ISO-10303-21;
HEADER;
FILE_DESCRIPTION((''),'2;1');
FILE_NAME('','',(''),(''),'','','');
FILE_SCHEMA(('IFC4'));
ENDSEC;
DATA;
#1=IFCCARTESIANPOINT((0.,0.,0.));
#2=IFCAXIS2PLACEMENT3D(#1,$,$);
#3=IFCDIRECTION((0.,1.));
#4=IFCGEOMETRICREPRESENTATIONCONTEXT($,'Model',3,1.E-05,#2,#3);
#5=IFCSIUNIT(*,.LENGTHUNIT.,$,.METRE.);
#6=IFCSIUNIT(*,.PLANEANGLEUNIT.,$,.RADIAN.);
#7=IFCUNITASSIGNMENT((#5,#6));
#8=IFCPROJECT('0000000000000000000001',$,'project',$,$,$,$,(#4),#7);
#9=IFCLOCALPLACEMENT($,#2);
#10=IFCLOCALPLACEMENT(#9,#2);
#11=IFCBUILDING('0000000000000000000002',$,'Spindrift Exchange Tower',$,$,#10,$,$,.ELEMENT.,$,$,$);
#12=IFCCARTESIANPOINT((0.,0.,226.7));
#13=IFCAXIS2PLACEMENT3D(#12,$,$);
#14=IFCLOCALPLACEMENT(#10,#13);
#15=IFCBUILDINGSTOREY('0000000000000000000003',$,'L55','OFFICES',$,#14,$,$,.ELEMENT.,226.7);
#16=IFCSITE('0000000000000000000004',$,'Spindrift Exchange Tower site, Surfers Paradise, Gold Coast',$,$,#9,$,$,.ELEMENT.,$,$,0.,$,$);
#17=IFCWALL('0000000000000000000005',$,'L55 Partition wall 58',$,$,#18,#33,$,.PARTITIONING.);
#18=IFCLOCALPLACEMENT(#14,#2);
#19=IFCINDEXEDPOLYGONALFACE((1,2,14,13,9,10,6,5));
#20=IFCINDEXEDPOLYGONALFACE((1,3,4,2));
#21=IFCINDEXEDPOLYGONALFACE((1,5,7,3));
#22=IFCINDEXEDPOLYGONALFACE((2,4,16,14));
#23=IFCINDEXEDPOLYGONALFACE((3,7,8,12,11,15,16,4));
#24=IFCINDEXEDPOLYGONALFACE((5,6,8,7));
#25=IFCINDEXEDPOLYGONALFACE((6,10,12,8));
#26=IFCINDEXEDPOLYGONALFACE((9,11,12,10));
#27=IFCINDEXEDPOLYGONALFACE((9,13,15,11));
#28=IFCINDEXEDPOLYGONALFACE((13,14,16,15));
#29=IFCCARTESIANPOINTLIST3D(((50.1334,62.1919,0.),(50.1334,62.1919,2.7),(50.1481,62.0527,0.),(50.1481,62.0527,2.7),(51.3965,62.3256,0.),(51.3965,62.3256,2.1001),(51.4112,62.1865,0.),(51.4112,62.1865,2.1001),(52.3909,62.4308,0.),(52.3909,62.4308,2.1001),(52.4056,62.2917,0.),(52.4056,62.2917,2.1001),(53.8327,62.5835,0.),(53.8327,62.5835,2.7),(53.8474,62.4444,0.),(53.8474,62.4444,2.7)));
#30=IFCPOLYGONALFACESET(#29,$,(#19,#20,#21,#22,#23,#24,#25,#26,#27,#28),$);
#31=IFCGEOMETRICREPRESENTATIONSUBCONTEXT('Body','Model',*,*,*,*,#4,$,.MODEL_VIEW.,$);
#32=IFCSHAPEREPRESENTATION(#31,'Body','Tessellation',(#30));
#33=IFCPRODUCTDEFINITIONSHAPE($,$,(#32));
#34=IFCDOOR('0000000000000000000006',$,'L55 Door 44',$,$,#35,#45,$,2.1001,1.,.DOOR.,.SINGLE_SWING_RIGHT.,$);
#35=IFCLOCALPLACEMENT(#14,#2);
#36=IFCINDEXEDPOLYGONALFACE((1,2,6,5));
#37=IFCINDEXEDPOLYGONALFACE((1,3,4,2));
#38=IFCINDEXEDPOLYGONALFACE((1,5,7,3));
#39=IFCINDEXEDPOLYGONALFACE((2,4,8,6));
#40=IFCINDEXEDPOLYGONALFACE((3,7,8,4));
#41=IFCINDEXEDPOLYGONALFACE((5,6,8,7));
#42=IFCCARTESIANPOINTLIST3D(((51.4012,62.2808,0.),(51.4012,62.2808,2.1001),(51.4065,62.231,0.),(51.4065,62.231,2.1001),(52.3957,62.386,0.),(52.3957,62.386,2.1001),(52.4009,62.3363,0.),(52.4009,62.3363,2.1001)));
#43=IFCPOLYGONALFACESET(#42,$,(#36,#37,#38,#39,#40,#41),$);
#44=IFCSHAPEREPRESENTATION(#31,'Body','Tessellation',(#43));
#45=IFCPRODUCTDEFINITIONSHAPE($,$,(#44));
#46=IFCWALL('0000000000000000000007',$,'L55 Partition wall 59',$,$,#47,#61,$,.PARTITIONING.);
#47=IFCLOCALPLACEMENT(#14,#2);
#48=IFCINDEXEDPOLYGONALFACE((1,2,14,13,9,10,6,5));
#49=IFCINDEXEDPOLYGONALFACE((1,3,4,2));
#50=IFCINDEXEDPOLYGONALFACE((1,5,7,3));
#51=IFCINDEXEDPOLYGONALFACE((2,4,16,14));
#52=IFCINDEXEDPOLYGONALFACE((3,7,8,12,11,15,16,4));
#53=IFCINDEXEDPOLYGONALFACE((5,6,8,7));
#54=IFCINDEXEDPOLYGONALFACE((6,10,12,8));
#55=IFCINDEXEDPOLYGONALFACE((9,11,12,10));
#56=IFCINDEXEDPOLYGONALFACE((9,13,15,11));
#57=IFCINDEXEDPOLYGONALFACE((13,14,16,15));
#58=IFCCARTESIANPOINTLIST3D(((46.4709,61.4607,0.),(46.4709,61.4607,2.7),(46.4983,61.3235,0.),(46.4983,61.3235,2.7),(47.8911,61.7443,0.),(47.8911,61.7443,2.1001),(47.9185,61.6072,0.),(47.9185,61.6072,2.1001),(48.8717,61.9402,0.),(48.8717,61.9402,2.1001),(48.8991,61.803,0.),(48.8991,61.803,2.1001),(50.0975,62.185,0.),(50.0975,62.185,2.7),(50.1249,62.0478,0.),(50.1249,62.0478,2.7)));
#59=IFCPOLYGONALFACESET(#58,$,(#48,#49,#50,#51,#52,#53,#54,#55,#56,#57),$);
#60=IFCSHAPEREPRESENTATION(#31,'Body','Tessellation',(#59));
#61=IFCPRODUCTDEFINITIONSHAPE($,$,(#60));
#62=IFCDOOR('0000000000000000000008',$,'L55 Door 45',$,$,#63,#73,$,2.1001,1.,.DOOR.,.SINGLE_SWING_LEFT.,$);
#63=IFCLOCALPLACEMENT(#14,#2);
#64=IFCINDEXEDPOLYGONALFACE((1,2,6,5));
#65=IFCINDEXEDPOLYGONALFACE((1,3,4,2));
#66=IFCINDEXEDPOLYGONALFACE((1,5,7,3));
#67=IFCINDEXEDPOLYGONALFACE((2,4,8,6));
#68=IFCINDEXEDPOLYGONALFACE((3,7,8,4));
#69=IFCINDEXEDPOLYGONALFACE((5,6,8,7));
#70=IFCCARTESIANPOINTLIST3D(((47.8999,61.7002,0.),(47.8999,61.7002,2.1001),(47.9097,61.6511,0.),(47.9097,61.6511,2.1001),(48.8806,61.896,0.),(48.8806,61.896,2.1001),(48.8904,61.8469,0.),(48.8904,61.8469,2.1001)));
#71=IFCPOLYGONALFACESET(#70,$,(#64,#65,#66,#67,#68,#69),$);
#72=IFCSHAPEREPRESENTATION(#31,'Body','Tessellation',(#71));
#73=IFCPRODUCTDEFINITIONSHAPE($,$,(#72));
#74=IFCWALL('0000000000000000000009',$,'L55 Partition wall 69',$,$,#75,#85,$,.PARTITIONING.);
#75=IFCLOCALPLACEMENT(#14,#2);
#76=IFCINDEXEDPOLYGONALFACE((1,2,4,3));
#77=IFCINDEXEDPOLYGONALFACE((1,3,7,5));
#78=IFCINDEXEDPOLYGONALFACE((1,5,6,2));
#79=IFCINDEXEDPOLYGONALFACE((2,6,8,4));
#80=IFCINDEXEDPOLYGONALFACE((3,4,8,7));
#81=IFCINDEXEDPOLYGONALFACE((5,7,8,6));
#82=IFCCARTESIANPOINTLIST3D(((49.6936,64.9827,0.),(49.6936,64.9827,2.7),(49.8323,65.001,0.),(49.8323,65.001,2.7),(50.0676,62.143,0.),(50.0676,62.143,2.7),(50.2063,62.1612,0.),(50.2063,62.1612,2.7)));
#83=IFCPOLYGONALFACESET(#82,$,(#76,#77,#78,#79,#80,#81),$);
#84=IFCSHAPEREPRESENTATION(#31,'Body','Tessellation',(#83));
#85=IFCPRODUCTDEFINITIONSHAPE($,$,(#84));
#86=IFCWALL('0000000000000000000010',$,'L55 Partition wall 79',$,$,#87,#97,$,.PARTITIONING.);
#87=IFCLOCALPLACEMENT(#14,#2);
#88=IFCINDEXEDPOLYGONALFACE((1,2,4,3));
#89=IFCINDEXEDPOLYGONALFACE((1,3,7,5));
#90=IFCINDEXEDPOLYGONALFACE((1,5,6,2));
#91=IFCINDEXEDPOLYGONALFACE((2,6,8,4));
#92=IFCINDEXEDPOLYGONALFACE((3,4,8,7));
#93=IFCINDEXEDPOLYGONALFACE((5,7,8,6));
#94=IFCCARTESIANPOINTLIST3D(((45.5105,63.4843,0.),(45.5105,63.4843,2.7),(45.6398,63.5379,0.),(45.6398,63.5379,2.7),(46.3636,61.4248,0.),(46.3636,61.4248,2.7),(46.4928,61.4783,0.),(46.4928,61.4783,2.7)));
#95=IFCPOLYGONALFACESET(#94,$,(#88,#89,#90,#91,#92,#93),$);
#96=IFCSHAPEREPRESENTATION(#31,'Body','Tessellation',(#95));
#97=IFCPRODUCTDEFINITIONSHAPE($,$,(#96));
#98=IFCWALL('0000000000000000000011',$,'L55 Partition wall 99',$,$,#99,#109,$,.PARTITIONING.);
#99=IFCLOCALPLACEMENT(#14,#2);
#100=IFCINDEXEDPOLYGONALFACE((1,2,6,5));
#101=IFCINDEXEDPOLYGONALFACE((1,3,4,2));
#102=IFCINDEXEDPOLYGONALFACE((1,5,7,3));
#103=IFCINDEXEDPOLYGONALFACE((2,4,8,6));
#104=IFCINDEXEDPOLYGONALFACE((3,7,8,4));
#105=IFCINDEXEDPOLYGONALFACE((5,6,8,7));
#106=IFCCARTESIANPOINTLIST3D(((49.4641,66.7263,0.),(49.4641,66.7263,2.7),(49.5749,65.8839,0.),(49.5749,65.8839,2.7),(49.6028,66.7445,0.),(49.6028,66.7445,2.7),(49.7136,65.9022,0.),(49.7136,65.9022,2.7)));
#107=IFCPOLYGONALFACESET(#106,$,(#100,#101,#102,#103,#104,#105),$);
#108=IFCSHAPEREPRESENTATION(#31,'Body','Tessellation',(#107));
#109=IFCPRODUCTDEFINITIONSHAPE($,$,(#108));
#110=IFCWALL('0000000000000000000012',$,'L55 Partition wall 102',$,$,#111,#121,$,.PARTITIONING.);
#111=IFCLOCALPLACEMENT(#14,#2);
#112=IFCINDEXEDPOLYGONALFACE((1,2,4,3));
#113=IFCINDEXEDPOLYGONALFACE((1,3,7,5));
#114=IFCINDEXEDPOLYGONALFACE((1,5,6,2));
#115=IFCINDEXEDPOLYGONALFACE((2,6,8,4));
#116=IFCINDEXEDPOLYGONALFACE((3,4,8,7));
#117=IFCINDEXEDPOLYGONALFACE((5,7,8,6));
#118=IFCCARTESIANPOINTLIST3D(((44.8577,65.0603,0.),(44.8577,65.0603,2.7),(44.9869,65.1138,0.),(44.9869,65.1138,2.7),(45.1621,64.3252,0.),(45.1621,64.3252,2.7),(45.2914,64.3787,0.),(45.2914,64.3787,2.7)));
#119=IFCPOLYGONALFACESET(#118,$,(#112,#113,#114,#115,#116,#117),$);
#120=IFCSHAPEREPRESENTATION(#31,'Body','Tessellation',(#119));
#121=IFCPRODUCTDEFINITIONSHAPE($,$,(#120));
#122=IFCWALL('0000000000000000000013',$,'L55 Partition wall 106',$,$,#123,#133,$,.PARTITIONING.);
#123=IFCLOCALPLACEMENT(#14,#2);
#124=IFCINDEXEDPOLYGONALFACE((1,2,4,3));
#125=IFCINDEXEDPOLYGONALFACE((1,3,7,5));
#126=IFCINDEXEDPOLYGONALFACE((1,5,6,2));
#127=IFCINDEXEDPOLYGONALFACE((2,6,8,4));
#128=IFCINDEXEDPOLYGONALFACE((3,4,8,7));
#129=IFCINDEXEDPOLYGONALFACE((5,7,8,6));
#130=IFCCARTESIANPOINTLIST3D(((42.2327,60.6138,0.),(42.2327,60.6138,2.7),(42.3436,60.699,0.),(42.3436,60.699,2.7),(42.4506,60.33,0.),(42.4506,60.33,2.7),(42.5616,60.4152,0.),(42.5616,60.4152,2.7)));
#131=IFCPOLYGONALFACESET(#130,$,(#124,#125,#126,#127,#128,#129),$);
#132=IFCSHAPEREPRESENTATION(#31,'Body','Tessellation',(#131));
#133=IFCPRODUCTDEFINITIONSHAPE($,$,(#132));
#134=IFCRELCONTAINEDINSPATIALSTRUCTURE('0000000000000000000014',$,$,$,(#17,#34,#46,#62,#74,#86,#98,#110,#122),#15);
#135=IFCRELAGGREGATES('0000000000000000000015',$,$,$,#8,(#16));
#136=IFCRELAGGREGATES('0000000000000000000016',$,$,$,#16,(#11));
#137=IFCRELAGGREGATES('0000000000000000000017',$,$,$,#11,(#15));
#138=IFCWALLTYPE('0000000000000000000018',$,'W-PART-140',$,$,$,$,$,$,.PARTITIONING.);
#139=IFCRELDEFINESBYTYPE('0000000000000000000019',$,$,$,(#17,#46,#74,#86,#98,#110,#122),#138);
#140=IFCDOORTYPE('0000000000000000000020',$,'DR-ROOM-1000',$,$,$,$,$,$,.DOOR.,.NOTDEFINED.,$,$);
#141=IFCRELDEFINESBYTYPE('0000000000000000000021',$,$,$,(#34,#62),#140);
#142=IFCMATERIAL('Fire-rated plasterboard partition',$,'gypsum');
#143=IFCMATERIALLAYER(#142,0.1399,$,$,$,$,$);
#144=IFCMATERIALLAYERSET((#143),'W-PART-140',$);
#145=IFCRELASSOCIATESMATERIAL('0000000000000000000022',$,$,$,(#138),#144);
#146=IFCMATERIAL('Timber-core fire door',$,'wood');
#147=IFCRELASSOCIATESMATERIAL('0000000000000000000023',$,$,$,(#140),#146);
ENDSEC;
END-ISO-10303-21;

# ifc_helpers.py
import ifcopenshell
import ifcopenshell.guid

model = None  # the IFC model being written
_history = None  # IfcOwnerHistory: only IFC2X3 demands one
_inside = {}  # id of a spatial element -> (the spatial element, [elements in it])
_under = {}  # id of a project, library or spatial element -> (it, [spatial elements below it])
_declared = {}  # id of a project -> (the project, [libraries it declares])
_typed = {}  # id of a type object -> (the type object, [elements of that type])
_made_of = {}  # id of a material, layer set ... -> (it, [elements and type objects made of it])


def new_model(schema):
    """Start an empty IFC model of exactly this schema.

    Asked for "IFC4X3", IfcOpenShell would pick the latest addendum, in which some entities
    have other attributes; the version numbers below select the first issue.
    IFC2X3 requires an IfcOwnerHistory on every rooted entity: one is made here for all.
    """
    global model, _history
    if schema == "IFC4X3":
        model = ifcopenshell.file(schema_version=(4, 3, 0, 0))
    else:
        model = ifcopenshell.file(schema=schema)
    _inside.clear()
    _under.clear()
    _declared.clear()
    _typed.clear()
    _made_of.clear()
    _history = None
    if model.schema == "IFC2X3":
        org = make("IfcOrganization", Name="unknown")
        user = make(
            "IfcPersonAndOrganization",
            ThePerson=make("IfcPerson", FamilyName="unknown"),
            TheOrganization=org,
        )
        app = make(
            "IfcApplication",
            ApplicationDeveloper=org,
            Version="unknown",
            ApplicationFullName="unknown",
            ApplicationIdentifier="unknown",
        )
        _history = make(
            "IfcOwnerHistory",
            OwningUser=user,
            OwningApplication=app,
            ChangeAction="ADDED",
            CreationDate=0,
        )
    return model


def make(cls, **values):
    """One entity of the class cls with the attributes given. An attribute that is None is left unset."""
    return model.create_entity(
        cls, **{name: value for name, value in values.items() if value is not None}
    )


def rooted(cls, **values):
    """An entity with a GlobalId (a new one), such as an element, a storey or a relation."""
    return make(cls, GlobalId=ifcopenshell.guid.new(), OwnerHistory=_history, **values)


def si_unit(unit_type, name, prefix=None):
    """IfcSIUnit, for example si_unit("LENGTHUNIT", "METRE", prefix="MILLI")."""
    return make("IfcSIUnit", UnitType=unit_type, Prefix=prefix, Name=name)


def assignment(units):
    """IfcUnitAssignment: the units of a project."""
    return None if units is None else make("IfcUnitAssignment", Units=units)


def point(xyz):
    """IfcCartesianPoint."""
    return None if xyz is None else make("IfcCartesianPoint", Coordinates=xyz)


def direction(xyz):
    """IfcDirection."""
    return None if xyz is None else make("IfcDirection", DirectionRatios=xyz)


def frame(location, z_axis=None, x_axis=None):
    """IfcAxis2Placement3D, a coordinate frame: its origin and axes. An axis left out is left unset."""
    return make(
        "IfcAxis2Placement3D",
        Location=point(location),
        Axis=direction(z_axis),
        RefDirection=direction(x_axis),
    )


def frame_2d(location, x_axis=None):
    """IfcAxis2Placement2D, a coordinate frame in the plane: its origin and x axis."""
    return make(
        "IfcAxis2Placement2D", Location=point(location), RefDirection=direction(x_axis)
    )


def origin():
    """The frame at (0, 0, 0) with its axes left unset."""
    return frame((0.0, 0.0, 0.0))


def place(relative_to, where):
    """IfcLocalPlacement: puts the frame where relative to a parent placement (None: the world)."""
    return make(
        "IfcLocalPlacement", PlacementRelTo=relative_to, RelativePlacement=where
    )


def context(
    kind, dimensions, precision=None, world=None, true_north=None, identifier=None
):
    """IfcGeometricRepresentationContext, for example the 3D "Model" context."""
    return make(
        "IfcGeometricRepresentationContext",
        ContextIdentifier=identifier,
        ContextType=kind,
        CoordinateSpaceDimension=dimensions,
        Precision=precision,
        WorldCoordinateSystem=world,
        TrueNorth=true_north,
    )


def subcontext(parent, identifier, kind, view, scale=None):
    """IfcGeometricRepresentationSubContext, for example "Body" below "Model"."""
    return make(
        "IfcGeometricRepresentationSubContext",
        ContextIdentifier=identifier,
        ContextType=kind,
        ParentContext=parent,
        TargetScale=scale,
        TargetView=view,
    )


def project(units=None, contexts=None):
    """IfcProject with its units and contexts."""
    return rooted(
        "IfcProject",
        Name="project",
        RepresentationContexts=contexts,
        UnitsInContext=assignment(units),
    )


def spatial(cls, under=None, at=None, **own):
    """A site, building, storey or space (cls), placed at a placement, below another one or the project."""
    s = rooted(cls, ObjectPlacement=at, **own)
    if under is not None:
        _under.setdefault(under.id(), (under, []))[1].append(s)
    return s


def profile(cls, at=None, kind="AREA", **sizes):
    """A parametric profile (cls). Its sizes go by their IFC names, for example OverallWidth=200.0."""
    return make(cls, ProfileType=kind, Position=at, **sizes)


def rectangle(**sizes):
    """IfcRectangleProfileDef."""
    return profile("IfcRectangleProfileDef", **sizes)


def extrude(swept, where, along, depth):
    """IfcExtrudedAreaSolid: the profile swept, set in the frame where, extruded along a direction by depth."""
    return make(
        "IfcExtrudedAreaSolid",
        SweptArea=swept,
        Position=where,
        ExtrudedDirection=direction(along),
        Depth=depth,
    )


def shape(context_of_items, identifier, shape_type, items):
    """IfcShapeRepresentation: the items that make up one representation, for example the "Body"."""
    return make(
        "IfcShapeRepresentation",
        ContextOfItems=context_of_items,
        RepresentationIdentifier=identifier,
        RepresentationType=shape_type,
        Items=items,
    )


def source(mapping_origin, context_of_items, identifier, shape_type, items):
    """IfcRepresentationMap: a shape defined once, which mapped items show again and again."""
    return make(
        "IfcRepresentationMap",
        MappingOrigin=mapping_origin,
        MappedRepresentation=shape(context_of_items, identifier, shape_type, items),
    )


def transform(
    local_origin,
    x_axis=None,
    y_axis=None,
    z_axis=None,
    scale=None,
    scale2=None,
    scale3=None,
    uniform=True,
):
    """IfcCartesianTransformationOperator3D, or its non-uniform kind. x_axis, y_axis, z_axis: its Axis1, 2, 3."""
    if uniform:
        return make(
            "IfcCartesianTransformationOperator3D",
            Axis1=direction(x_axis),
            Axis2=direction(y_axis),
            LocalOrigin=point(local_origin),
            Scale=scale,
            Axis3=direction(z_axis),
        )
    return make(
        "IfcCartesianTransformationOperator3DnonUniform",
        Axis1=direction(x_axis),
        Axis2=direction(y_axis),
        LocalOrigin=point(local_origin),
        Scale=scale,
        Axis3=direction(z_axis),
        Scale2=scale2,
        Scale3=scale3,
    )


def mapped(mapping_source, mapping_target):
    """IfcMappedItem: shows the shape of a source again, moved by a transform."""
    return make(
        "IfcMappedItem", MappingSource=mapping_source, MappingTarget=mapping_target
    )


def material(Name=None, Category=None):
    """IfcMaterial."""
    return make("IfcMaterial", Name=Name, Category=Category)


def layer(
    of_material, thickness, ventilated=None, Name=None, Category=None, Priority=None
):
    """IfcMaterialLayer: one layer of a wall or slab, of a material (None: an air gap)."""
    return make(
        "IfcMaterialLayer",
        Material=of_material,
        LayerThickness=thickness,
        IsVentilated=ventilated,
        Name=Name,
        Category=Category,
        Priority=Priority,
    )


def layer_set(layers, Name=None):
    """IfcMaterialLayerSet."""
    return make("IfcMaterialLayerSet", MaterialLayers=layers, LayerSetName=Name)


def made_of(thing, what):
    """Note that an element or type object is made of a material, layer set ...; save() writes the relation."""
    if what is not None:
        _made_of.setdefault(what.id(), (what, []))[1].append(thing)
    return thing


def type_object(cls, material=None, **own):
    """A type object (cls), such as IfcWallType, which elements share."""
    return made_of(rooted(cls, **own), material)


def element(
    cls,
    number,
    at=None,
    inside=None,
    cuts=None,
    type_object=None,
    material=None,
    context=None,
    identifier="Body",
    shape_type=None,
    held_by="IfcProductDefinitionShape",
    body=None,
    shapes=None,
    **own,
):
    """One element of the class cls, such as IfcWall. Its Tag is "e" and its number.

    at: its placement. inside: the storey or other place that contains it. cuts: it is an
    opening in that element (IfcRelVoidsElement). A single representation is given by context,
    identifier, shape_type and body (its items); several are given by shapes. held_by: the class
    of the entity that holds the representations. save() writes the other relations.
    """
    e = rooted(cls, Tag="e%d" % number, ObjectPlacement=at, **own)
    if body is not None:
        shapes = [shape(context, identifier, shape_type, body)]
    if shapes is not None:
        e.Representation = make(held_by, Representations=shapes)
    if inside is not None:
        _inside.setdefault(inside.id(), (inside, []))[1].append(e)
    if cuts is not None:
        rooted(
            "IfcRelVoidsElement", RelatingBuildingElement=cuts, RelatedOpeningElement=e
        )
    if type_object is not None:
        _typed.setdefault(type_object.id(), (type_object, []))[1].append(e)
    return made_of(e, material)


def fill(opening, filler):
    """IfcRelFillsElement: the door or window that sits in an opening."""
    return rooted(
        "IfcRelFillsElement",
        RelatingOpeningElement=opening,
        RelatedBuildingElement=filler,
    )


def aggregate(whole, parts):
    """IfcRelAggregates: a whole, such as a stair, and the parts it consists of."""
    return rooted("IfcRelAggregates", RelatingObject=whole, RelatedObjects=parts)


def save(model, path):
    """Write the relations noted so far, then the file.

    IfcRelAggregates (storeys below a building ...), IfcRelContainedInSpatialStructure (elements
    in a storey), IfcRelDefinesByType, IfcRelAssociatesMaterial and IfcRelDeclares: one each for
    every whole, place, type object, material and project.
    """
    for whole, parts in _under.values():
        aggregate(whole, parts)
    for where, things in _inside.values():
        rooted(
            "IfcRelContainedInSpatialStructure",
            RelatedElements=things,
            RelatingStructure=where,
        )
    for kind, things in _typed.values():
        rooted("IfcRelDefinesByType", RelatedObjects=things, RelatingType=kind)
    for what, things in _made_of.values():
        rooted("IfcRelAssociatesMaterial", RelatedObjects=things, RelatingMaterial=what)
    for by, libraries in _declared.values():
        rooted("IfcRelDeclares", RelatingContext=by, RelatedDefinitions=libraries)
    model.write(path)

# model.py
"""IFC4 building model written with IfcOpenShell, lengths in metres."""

from ifc_helpers import new_model, si_unit, direction, frame, frame_2d, origin, place, context, subcontext, project, spatial, rectangle, extrude, source, transform, mapped, material, layer, layer_set, type_object, element, fill, save


model = new_model("IFC4")

# Units and contexts
model_context = context("Model", 3, precision=1e-05, world=origin(), true_north=direction((0.0, 1.0)))
body_context = subcontext(model_context, "Body", "Model", "MODEL_VIEW")
ifc_project = project(units=[si_unit("LENGTHUNIT", "METRE"), si_unit("PLANEANGLEUNIT", "RADIAN")], contexts=[model_context])

# Site, building, storey
site_placement = place(None, origin())
site = spatial("IfcSite", under=ifc_project, at=site_placement, Name="Spindrift Exchange Tower site, Surfers Paradise, Gold Coast", CompositionType="ELEMENT", RefElevation=0.0)
building_placement = place(site_placement, origin())
building = spatial("IfcBuilding", under=site, at=building_placement, Name="Spindrift Exchange Tower", CompositionType="ELEMENT")
storey_placement = place(building_placement, frame((0.0, 0.0, 226.7)))
storey = spatial("IfcBuildingStorey", under=building, at=storey_placement, Name="L55", Description="OFFICES", CompositionType="ELEMENT", Elevation=226.7)

# Shared definitions
ifc_material_1 = material(Name="Fire-rated plasterboard partition", Category="gypsum")
ifc_layer_1 = layer(ifc_material_1, 0.1399)
ifc_layer_set_1 = layer_set([ifc_layer_1], Name="W-PART-140")
wall_type = type_object("IfcWallType", Name="W-PART-140", PredefinedType="PARTITIONING", material=ifc_layer_set_1)

# Walls, openings, doors
ifc_material_2 = material(Name="Timber-core fire door", Category="wood")
door_type = type_object("IfcDoorType", Name="DR-ROOM-1000", OperationType="NOTDEFINED", PredefinedType="DOOR", material=ifc_material_2)
shared_shape_1 = source(origin(), body_context, "Body", "SweptSolid", [
    extrude(rectangle(XDim=1.0, YDim=2.1001, at=frame_2d((0.5, 1.05))), frame((0.0, 0.0249, 0.0), z_axis=(0.0, -1.0, 0.0), x_axis=(1.0, 0.0, 0.0)), (0.0, 0.0, 1.0), 0.05),
])
wall_1_placement = place(storey_placement, frame((50.1409, 62.1223, 0.0), z_axis=(0.0, 0.0, 1.0), x_axis=(0.994443, 0.105272, 0.0)))
wall_1 = element("IfcWall", 1, at=wall_1_placement, inside=storey, type_object=wall_type, Name="L55 Partition wall 58", PredefinedType="PARTITIONING", context=body_context, shape_type="SweptSolid", body=[
    extrude(rectangle(XDim=3.72, YDim=0.1399, at=frame_2d((1.8599, 0.0))), origin(), (0.0, 0.0, 1.0), 2.7),
])
opening_1_placement = place(wall_1_placement, frame((1.27, 0.0, 0.0)))
opening_1 = element("IfcOpeningElement", 2, at=opening_1_placement, cuts=wall_1, PredefinedType="OPENING", context=body_context, shape_type="SweptSolid", body=[
    extrude(rectangle(XDim=1.0, YDim=2.1001, at=frame_2d((0.5, 1.05))), frame((0.0, 0.0798, 0.0), z_axis=(0.0, -1.0, 0.0), x_axis=(1.0, 0.0, 0.0)), (0.0, 0.0, 1.0), 0.1599),
])
door_1_placement = place(opening_1_placement, origin())
door_1 = element("IfcDoor", 3, at=door_1_placement, inside=storey, type_object=door_type, Name="L55 Door 44", OperationType="SINGLE_SWING_RIGHT", OverallHeight=2.1001, OverallWidth=1.0, PredefinedType="DOOR", context=body_context, shape_type="MappedRepresentation", body=[
    mapped(shared_shape_1, transform((0.0, 0.0, 0.0), scale=1.0)),
])
fill(opening_1, door_1)
wall_2_placement = place(storey_placement, frame((46.4846, 61.3921, 0.0), z_axis=(0.0, 0.0, 1.0), x_axis=(0.980631, 0.195862, 0.0)))
wall_2 = element("IfcWall", 4, at=wall_2_placement, inside=storey, type_object=wall_type, Name="L55 Partition wall 59", PredefinedType="PARTITIONING", context=body_context, shape_type="SweptSolid", body=[
    extrude(rectangle(XDim=3.6982, YDim=0.1399, at=frame_2d((1.8491, 0.0))), origin(), (0.0, 0.0, 1.0), 2.7),
])
opening_2_placement = place(wall_2_placement, frame((1.4482, 0.0, 0.0)))
opening_2 = element("IfcOpeningElement", 5, at=opening_2_placement, cuts=wall_2, PredefinedType="OPENING", context=body_context, shape_type="SweptSolid", body=[
    extrude(rectangle(XDim=1.0, YDim=2.1001, at=frame_2d((0.5, 1.05))), frame((0.0, 0.0798, 0.0), z_axis=(0.0, -1.0, 0.0), x_axis=(1.0, 0.0, 0.0)), (0.0, 0.0, 1.0), 0.1599),
])
door_2_placement = place(opening_2_placement, origin())
door_2 = element("IfcDoor", 6, at=door_2_placement, inside=storey, type_object=door_type, Name="L55 Door 45", OperationType="SINGLE_SWING_LEFT", OverallHeight=2.1001, OverallWidth=1.0, PredefinedType="DOOR", context=body_context, shape_type="MappedRepresentation", body=[
    mapped(shared_shape_1, transform((0.0, 0.0, 0.0), scale=1.0)),
])
fill(opening_2, door_2)

# Walls
wall_3_placement = place(storey_placement, frame((50.137, 62.1521, 0.0), z_axis=(0.0, 0.0, 1.0), x_axis=(-0.130578, 0.991438, 0.0)))
element("IfcWall", 7, at=wall_3_placement, inside=storey, type_object=wall_type, Name="L55 Partition wall 69", PredefinedType="PARTITIONING", context=body_context, shape_type="SweptSolid", body=[
    extrude(rectangle(XDim=2.8643, YDim=0.1399, at=frame_2d((1.4321, 0.0))), origin(), (0.0, 0.0, 1.0), 2.7),
])
wall_4_placement = place(storey_placement, frame((46.4282, 61.4514, 0.0), z_axis=(0.0, 0.0, 1.0), x_axis=(-0.382655, 0.923891, 0.0)))
element("IfcWall", 8, at=wall_4_placement, inside=storey, type_object=wall_type, Name="L55 Partition wall 79", PredefinedType="PARTITIONING", context=body_context, shape_type="SweptSolid", body=[
    extrude(rectangle(XDim=2.2292, YDim=0.1399, at=frame_2d((1.1147, 0.0))), origin(), (0.0, 0.0, 1.0), 2.7),
])
wall_5_placement = place(storey_placement, frame((49.6443, 65.8931, 0.0), z_axis=(0.0, 0.0, 1.0), x_axis=(-0.130469, 0.991452, 0.0)))
element("IfcWall", 9, at=wall_5_placement, inside=storey, type_object=wall_type, Name="L55 Partition wall 99", PredefinedType="PARTITIONING", context=body_context, shape_type="SweptSolid", body=[
    extrude(rectangle(XDim=0.8496, YDim=0.1399, at=frame_2d((0.4248, 0.0))), origin(), (0.0, 0.0, 1.0), 2.7),
])
wall_6_placement = place(storey_placement, frame((45.2268, 64.3518, 0.0), z_axis=(0.0, 0.0, 1.0), x_axis=(-0.382632, 0.923901, 0.0)))
element("IfcWall", 10, at=wall_6_placement, inside=storey, type_object=wall_type, Name="L55 Partition wall 102", PredefinedType="PARTITIONING", context=body_context, shape_type="SweptSolid", body=[
    extrude(rectangle(XDim=0.7957, YDim=0.1399, at=frame_2d((0.3979, 0.0))), origin(), (0.0, 0.0, 1.0), 2.7),
])
wall_7_placement = place(storey_placement, frame((42.5061, 60.3726, 0.0), z_axis=(0.0, 0.0, 1.0), x_axis=(-0.609018, 0.793156, 0.0)))
element("IfcWall", 11, at=wall_7_placement, inside=storey, type_object=wall_type, Name="L55 Partition wall 106", PredefinedType="PARTITIONING", context=body_context, shape_type="SweptSolid", body=[
    extrude(rectangle(XDim=0.3579, YDim=0.1399, at=frame_2d((0.179, 0.0))), origin(), (0.0, 0.0, 1.0), 2.7),
])

save(model, "model.ifc")
